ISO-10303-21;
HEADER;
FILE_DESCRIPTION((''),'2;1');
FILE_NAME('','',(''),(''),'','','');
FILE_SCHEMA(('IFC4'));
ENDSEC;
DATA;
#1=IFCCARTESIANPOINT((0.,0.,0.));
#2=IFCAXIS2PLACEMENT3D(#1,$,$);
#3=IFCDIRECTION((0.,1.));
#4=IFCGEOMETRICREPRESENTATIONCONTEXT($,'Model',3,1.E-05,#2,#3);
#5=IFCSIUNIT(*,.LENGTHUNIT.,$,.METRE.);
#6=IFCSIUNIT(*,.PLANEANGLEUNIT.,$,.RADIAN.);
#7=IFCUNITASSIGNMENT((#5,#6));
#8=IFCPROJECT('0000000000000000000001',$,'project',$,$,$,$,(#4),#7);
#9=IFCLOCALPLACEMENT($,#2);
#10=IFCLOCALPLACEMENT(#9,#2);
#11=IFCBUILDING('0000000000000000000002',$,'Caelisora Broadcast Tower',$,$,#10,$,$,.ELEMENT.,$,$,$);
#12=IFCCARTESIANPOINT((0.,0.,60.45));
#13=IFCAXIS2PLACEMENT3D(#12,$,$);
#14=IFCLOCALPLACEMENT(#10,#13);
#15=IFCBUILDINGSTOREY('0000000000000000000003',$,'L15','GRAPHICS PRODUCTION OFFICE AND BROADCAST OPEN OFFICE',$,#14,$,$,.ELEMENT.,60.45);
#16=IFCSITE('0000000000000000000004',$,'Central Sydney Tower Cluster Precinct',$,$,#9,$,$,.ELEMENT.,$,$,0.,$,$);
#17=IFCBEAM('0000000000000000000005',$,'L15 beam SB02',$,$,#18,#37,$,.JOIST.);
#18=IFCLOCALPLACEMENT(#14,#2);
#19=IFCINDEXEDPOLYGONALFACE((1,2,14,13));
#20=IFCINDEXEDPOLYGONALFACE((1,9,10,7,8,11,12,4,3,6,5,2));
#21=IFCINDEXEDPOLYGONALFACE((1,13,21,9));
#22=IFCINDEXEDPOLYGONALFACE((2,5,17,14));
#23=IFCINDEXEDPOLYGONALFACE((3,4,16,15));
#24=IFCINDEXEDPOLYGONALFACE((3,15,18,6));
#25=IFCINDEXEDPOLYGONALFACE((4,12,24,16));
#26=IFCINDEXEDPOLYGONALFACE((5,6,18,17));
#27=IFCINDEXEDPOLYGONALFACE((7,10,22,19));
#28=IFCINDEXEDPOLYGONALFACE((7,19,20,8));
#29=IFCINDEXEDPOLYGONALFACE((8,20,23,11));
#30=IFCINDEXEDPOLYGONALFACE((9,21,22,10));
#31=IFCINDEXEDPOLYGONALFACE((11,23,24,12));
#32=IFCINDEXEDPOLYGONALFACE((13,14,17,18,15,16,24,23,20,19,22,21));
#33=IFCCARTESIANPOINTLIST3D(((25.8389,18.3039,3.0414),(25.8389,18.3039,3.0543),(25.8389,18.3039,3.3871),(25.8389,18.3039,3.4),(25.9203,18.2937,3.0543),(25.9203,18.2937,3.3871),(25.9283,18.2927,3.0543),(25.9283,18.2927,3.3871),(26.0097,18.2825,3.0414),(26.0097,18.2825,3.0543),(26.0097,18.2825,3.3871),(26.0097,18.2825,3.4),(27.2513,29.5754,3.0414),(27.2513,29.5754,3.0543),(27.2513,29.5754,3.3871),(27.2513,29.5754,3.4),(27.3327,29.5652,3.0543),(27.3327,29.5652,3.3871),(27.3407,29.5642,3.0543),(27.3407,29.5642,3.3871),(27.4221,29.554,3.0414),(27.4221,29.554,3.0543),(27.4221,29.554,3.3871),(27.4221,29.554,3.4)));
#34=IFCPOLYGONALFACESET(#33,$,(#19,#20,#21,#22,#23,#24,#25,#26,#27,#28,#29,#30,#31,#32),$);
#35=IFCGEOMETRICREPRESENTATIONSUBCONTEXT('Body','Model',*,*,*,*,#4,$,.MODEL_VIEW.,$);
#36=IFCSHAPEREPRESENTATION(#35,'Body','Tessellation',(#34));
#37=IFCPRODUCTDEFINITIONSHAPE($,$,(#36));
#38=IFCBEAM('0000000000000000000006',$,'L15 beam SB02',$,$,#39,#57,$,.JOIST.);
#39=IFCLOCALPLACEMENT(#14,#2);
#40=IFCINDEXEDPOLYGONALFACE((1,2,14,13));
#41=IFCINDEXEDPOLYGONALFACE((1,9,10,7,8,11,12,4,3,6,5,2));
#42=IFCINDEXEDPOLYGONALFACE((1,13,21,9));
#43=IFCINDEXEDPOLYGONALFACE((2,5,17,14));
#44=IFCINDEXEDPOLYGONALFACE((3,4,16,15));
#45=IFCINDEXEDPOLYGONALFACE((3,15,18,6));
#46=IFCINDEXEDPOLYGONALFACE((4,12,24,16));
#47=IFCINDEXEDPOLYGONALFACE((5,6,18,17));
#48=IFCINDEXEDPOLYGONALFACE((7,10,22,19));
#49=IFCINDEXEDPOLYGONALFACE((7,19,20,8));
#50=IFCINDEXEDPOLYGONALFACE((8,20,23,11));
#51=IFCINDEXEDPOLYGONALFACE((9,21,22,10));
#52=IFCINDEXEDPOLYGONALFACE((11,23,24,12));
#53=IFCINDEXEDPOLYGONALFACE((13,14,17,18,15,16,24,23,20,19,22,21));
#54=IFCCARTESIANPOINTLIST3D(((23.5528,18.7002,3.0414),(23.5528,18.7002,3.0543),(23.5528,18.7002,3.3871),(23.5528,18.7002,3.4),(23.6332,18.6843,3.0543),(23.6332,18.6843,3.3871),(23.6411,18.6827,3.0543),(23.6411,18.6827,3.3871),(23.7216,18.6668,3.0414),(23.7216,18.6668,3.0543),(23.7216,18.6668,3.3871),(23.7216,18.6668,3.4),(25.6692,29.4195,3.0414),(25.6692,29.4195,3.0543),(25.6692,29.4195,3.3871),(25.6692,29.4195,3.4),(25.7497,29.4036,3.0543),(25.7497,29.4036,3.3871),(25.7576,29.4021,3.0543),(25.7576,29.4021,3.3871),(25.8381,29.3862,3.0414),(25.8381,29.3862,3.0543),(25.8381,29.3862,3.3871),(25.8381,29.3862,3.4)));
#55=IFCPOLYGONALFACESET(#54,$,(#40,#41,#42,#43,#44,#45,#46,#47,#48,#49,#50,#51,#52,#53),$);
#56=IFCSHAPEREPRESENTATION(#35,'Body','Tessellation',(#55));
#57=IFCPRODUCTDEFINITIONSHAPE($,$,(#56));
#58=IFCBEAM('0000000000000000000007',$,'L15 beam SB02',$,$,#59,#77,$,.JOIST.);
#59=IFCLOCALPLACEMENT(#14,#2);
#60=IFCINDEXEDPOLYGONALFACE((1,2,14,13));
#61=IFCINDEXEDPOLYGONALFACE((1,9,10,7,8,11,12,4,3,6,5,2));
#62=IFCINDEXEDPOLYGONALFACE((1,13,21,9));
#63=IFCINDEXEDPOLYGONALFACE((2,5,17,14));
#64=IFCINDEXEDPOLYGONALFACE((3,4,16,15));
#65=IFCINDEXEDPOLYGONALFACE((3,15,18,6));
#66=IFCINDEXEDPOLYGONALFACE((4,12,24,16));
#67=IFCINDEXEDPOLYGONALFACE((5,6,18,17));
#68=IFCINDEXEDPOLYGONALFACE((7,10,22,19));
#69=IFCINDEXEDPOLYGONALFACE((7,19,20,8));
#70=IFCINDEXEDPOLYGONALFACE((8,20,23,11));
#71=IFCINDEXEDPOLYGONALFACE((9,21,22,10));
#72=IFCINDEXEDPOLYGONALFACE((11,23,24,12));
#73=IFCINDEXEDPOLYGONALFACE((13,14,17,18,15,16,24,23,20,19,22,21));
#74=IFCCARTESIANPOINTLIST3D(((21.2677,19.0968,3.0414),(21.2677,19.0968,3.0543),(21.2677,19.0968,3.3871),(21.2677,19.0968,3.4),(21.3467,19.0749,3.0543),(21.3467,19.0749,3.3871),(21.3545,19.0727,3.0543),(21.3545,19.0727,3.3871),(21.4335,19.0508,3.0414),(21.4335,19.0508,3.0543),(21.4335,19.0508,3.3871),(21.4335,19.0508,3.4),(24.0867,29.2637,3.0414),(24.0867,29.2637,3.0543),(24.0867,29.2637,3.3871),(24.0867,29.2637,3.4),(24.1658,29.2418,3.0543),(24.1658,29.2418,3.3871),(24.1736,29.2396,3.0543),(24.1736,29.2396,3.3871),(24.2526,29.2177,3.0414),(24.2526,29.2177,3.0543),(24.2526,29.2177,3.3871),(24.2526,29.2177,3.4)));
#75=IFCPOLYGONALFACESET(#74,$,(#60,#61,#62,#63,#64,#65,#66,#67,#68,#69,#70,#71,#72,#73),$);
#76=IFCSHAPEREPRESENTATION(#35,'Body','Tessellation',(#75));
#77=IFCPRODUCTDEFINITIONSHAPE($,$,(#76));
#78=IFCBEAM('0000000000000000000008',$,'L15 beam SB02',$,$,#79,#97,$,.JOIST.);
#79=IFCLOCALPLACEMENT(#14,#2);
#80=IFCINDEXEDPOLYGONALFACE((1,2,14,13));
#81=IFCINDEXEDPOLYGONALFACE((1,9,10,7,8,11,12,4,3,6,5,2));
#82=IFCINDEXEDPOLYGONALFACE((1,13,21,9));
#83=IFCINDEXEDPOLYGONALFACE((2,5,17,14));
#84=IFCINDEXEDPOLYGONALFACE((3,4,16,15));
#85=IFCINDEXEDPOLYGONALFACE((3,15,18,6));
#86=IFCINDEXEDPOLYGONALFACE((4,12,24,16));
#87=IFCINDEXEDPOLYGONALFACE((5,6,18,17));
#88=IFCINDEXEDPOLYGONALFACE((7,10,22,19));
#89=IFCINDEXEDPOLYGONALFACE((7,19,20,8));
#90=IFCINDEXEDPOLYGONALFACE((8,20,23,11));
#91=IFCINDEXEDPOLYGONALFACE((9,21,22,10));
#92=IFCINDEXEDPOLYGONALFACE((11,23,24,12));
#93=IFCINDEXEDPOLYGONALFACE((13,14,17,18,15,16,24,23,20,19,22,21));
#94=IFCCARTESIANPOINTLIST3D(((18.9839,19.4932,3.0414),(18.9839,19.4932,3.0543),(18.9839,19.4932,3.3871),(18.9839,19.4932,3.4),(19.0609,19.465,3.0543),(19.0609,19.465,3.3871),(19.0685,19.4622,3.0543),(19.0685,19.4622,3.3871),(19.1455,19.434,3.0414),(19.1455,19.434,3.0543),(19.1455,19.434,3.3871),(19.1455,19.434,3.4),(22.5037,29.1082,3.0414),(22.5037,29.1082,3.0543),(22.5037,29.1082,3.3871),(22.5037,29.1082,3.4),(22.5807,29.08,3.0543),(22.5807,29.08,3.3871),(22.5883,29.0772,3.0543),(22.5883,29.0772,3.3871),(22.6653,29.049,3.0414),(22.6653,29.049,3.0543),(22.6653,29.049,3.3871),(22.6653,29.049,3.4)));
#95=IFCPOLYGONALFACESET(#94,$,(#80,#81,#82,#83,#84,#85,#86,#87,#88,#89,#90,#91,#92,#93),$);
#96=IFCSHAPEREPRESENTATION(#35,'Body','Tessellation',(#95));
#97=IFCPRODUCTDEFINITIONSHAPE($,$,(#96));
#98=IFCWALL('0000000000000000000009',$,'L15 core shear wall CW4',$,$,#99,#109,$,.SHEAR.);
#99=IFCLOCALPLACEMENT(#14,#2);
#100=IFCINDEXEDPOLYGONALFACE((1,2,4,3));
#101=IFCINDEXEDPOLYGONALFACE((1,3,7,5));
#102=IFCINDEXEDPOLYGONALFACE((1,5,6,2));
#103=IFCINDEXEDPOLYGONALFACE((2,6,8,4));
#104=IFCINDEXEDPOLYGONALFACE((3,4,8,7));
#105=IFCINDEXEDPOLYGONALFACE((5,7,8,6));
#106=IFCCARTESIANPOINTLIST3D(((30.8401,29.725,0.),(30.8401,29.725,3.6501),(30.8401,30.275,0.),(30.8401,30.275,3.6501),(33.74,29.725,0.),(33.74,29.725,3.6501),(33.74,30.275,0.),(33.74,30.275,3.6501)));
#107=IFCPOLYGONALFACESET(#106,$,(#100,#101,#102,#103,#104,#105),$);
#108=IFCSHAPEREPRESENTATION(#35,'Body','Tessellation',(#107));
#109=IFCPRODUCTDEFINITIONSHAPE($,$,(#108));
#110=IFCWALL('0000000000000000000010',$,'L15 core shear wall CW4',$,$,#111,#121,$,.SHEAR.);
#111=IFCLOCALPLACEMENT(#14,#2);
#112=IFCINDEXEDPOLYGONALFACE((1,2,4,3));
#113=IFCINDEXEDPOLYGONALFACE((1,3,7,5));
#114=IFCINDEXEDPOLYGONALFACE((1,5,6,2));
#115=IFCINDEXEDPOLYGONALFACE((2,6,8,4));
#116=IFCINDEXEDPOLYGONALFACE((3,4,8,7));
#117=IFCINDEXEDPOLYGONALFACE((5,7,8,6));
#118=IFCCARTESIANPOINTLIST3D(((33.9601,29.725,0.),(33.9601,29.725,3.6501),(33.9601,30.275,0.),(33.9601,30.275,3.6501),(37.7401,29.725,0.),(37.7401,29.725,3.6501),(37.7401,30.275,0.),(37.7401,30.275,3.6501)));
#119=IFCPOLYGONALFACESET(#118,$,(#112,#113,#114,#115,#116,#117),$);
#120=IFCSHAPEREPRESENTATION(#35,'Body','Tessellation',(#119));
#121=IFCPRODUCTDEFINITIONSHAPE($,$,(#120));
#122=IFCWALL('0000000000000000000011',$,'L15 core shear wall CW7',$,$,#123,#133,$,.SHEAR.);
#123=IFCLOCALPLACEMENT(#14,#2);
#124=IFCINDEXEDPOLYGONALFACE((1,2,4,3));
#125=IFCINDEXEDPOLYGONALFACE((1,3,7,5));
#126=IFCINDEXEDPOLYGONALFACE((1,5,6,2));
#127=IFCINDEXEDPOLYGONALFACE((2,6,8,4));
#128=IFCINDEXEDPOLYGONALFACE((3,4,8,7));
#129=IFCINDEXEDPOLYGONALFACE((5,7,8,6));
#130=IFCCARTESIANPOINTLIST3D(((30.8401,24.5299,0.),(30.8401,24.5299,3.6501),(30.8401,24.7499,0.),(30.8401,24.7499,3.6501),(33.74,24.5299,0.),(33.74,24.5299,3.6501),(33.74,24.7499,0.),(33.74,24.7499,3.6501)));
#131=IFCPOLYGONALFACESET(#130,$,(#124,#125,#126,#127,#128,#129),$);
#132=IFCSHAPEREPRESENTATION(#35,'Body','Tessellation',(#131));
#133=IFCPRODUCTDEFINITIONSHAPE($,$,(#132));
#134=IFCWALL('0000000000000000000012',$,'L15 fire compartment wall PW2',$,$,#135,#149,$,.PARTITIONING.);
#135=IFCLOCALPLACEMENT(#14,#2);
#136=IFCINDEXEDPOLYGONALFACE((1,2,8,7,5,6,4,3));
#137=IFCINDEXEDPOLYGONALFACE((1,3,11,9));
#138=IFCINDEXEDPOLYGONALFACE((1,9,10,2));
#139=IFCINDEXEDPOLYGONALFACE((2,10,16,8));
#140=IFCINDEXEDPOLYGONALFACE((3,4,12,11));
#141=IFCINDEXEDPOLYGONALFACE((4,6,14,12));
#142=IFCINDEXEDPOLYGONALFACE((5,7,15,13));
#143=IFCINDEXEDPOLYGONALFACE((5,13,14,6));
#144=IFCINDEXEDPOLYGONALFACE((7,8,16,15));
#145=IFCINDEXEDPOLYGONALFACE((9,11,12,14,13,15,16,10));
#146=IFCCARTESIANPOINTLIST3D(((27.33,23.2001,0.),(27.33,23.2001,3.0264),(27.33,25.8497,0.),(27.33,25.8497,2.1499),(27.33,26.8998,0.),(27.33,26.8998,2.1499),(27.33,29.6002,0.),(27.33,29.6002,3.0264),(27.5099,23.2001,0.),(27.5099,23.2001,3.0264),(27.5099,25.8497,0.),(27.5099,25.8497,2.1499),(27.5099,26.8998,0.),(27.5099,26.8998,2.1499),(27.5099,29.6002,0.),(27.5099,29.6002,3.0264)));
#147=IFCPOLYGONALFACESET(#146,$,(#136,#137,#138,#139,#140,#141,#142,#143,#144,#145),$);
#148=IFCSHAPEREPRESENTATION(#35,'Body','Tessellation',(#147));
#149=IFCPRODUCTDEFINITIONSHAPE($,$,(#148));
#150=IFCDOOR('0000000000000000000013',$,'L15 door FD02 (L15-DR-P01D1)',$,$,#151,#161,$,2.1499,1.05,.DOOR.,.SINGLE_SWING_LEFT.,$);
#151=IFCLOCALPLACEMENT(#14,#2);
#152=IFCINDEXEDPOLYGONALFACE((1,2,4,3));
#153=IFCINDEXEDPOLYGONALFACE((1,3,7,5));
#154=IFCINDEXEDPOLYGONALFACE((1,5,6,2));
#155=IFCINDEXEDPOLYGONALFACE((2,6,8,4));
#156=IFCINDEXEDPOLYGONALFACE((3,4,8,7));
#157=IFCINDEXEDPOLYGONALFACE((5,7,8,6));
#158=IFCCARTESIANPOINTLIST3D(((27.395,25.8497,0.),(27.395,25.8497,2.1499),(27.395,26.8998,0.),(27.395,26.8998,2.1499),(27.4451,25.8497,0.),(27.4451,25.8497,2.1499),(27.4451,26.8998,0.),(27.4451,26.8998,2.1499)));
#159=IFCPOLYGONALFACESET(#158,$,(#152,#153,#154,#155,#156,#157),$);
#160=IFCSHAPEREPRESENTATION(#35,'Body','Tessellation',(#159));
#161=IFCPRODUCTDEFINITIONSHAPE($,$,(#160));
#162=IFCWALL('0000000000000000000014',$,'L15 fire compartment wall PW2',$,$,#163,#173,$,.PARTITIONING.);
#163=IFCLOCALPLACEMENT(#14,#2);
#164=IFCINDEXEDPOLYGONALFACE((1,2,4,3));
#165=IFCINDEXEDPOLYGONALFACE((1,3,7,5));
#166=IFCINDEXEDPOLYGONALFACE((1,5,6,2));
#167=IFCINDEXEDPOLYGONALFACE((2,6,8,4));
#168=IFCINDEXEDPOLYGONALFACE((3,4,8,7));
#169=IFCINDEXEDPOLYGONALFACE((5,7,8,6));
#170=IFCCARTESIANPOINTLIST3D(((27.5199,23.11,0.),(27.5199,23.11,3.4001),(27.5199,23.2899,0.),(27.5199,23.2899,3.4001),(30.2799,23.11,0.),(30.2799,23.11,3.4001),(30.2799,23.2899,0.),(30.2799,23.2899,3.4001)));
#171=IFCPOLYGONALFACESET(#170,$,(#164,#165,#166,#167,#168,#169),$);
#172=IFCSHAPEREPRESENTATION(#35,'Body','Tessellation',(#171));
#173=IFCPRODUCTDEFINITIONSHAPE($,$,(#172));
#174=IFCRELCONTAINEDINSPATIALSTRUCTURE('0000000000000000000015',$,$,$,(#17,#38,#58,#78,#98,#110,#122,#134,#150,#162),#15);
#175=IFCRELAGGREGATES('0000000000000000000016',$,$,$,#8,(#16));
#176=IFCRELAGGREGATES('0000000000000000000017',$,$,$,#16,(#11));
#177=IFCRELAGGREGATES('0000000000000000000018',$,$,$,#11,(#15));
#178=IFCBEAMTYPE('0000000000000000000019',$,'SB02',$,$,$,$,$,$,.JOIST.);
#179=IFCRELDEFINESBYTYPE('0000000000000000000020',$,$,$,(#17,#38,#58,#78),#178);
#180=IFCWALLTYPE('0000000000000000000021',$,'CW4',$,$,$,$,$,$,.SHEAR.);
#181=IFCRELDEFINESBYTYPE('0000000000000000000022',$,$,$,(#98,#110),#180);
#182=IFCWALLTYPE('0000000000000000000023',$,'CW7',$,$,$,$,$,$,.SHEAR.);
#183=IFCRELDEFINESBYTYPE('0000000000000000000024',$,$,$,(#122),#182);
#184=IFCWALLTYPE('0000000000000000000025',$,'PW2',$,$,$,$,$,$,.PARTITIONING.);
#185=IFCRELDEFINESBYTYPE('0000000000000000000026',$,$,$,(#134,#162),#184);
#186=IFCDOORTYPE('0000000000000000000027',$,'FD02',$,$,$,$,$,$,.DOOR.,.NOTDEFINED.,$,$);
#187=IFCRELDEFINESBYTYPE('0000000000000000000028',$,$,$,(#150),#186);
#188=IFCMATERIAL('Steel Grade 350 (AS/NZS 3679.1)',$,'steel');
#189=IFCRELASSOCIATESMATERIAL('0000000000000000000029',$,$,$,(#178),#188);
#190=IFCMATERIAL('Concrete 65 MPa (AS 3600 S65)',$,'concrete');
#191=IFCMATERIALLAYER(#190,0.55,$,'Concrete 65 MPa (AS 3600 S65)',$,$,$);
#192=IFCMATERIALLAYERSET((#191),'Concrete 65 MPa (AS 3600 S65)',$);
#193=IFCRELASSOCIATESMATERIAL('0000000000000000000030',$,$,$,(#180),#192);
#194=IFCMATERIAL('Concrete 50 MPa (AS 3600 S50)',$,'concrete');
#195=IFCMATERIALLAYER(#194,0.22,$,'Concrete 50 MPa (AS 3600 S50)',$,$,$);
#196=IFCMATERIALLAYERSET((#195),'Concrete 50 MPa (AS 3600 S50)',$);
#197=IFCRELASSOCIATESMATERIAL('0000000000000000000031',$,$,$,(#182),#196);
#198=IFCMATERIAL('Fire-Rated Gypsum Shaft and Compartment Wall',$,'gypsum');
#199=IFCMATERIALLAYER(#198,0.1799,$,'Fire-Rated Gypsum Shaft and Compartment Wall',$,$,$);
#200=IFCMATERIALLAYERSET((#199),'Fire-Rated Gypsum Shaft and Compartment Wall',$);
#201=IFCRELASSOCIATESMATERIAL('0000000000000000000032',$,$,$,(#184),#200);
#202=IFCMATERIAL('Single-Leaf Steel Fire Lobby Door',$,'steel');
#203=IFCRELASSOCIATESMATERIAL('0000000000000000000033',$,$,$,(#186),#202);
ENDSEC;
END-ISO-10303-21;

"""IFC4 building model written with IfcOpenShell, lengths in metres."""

from ifc_helpers import new_model, si_unit, direction, frame, frame_2d, origin, origin_2d, place, context, subcontext, project, spatial, rectangle, i_section, extrude, source, transform, mapped, material, layer, layer_set, material_profile, profile_set, type_object, element, fill, save


model = new_model("IFC4")

# Units and contexts
model_context = context("Model", 3, precision=1e-05, world=origin(), true_north=direction((0.0, 1.0)))
body_context = subcontext(model_context, "Body", "Model", "MODEL_VIEW")
ifc_project = project(units=[si_unit("LENGTHUNIT", "METRE"), si_unit("PLANEANGLEUNIT", "RADIAN")], contexts=[model_context])

# Site, building, storey
site_placement = place(None, origin())
site = spatial("IfcSite", under=ifc_project, at=site_placement, Name="Central Sydney Tower Cluster Precinct", CompositionType="ELEMENT", RefElevation=0.0)
building_placement = place(site_placement, origin())
building = spatial("IfcBuilding", under=site, at=building_placement, Name="Caelisora Broadcast Tower", CompositionType="ELEMENT")
storey_placement = place(building_placement, frame((0.0, 0.0, 60.45)))
storey = spatial("IfcBuildingStorey", under=building, at=storey_placement, Name="L15", Description="GRAPHICS PRODUCTION OFFICE AND BROADCAST OPEN OFFICE", CompositionType="ELEMENT", Elevation=60.45)

# Shared definitions
ifc_material_1 = material(Name="Steel Grade 350 (AS/NZS 3679.1)", Category="steel")

# Beams
ifc_material_profile_1 = material_profile(ifc_material_1, i_section(OverallWidth=0.1721, OverallDepth=0.3586, WebThickness=0.0081, FlangeThickness=0.0129, at=origin_2d()), Name="Steel Grade 350 (AS/NZS 3679.1)")
ifc_profile_set_1 = profile_set([ifc_material_profile_1], Name="Steel Grade 350 (AS/NZS 3679.1)")
beam_type_1 = type_object("IfcBeamType", Name="SB02", PredefinedType="JOIST", material=ifc_profile_set_1)
shared_shape_1 = source(origin(), body_context, "Body", "SweptSolid", [
    extrude(i_section(OverallWidth=0.1721, OverallDepth=0.3586, WebThickness=0.0081, FlangeThickness=0.0129, at=origin_2d()), origin(), (0.0, 0.0, 1.0), 11.3596),
])
beam_1_placement = place(storey_placement, frame((27.3367, 29.5647, 3.2207), z_axis=(-0.124331, -0.992241, 0.0), x_axis=(0.992241, -0.124331, 0.0)))
element("IfcBeam", 1, at=beam_1_placement, inside=storey, type_object=beam_type_1, Name="L15 beam SB02", PredefinedType="JOIST", context=body_context, shape_type="MappedRepresentation", body=[
    mapped(shared_shape_1, transform((0.0, 0.0, 0.0), scale=1.0)),
])
shared_shape_2 = source(origin(), body_context, "Body", "SweptSolid", [
    extrude(i_section(OverallWidth=0.1721, OverallDepth=0.3586, WebThickness=0.0081, FlangeThickness=0.0129, at=origin_2d()), origin(), (0.0, 0.0, 1.0), 10.9263),
])
beam_2_placement = place(storey_placement, frame((25.7537, 29.4028, 3.2207), z_axis=(-0.193705, -0.98106, 0.0), x_axis=(0.98106, -0.193705, 0.0)))
element("IfcBeam", 2, at=beam_2_placement, inside=storey, type_object=beam_type_1, Name="L15 beam SB02", PredefinedType="JOIST", context=body_context, shape_type="MappedRepresentation", body=[
    mapped(shared_shape_2, transform((0.0, 0.0, 0.0), scale=1.0)),
])
shared_shape_3 = source(origin(), body_context, "Body", "SweptSolid", [
    extrude(i_section(OverallWidth=0.1721, OverallDepth=0.3586, WebThickness=0.0081, FlangeThickness=0.0129, at=origin_2d()), origin(), (0.0, 0.0, 1.0), 10.5505),
])
beam_3_placement = place(storey_placement, frame((24.1697, 29.2407, 3.2207), z_axis=(-0.267197, -0.963642, 0.0), x_axis=(0.963642, -0.267197, 0.0)))
element("IfcBeam", 3, at=beam_3_placement, inside=storey, type_object=beam_type_1, Name="L15 beam SB02", PredefinedType="JOIST", context=body_context, shape_type="MappedRepresentation", body=[
    mapped(shared_shape_3, transform((0.0, 0.0, 0.0), scale=1.0)),
])
shared_shape_4 = source(origin(), body_context, "Body", "SweptSolid", [
    extrude(i_section(OverallWidth=0.1721, OverallDepth=0.3586, WebThickness=0.0081, FlangeThickness=0.0129, at=origin_2d()), origin(), (0.0, 0.0, 1.0), 10.239),
])
beam_4_placement = place(storey_placement, frame((22.5845, 29.0786, 3.2207), z_axis=(-0.343762, -0.939057, 0.0), x_axis=(0.939057, -0.343762, 0.0)))
element("IfcBeam", 4, at=beam_4_placement, inside=storey, type_object=beam_type_1, Name="L15 beam SB02", PredefinedType="JOIST", context=body_context, shape_type="MappedRepresentation", body=[
    mapped(shared_shape_4, transform((0.0, 0.0, 0.0), scale=1.0)),
])

# Walls
ifc_material_2 = material(Name="Concrete 65 MPa (AS 3600 S65)", Category="concrete")
ifc_layer_1 = layer(ifc_material_2, 0.55, Name="Concrete 65 MPa (AS 3600 S65)")
ifc_layer_set_1 = layer_set([ifc_layer_1], Name="Concrete 65 MPa (AS 3600 S65)")
wall_type_1 = type_object("IfcWallType", Name="CW4", PredefinedType="SHEAR", material=ifc_layer_set_1)
wall_1_placement = place(storey_placement, frame((30.8401, 30.0, 0.0), z_axis=(0.0, 0.0, 1.0), x_axis=(1.0, 0.0, 0.0)))
element("IfcWall", 5, at=wall_1_placement, inside=storey, type_object=wall_type_1, Name="L15 core shear wall CW4", PredefinedType="SHEAR", context=body_context, shape_type="SweptSolid", body=[
    extrude(rectangle(XDim=2.8999, YDim=0.55, at=frame_2d((1.45, 0.0))), origin(), (0.0, 0.0, 1.0), 3.6501),
])
wall_2_placement = place(storey_placement, frame((33.96, 30.0, 0.0), z_axis=(0.0, 0.0, 1.0), x_axis=(1.0, 0.0, 0.0)))
element("IfcWall", 6, at=wall_2_placement, inside=storey, type_object=wall_type_1, Name="L15 core shear wall CW4", PredefinedType="SHEAR", context=body_context, shape_type="SweptSolid", body=[
    extrude(rectangle(XDim=3.78, YDim=0.55, at=frame_2d((1.8901, 0.0))), origin(), (0.0, 0.0, 1.0), 3.6501),
])
ifc_material_3 = material(Name="Concrete 50 MPa (AS 3600 S50)", Category="concrete")
ifc_layer_2 = layer(ifc_material_3, 0.22, Name="Concrete 50 MPa (AS 3600 S50)")
ifc_layer_set_2 = layer_set([ifc_layer_2], Name="Concrete 50 MPa (AS 3600 S50)")
wall_type_2 = type_object("IfcWallType", Name="CW7", PredefinedType="SHEAR", material=ifc_layer_set_2)
wall_3_placement = place(storey_placement, frame((30.8401, 24.6399, 0.0), z_axis=(0.0, 0.0, 1.0), x_axis=(1.0, 0.0, 0.0)))
element("IfcWall", 7, at=wall_3_placement, inside=storey, type_object=wall_type_2, Name="L15 core shear wall CW7", PredefinedType="SHEAR", context=body_context, shape_type="SweptSolid", body=[
    extrude(rectangle(XDim=2.8999, YDim=0.22, at=frame_2d((1.45, 0.0))), origin(), (0.0, 0.0, 1.0), 3.6501),
])

# Wall, opening, door
ifc_material_4 = material(Name="Fire-Rated Gypsum Shaft and Compartment Wall", Category="gypsum")
ifc_layer_3 = layer(ifc_material_4, 0.1799, Name="Fire-Rated Gypsum Shaft and Compartment Wall")
ifc_layer_set_3 = layer_set([ifc_layer_3], Name="Fire-Rated Gypsum Shaft and Compartment Wall")
wall_type_3 = type_object("IfcWallType", Name="PW2", PredefinedType="PARTITIONING", material=ifc_layer_set_3)
wall_4_placement = place(storey_placement, frame((27.4199, 23.2, 0.0), z_axis=(0.0, 0.0, 1.0), x_axis=(0.0, 1.0, 0.0)))
wall_4 = element("IfcWall", 8, at=wall_4_placement, inside=storey, type_object=wall_type_3, Name="L15 fire compartment wall PW2", PredefinedType="PARTITIONING", context=body_context, shape_type="SweptSolid", body=[
    extrude(rectangle(XDim=6.4001, YDim=0.1799, at=frame_2d((3.2002, 0.0))), origin(), (0.0, 0.0, 1.0), 3.0264),
])
opening_1_placement = place(wall_4_placement, frame((2.6499, 0.0, 0.0)))
opening_1 = element("IfcOpeningElement", 9, at=opening_1_placement, cuts=wall_4, PredefinedType="OPENING", context=body_context, shape_type="SweptSolid", body=[
    extrude(rectangle(XDim=1.05, YDim=2.1499, at=frame_2d((0.5249, 1.075))), frame((0.0, 0.1021, 0.0), z_axis=(0.0, -1.0, 0.0), x_axis=(1.0, 0.0, 0.0)), (0.0, 0.0, 1.0), 0.2039),
])
ifc_material_5 = material(Name="Single-Leaf Steel Fire Lobby Door", Category="steel")
door_type_1 = type_object("IfcDoorType", Name="FD02", OperationType="NOTDEFINED", PredefinedType="DOOR", material=ifc_material_5)
door_1_placement = place(opening_1_placement, origin())
door_1 = element("IfcDoor", 10, at=door_1_placement, inside=storey, type_object=door_type_1, Name="L15 door FD02 (L15-DR-P01D1)", OperationType="SINGLE_SWING_LEFT", OverallHeight=2.1499, OverallWidth=1.05, PredefinedType="DOOR", context=body_context, shape_type="SweptSolid", body=[
    extrude(rectangle(XDim=1.05, YDim=2.1499, at=frame_2d((0.5249, 1.075))), frame((0.0, 0.0249, 0.0), z_axis=(0.0, -1.0, 0.0), x_axis=(1.0, 0.0, 0.0)), (0.0, 0.0, 1.0), 0.05),
])
fill(opening_1, door_1)

# Wall
wall_5_placement = place(storey_placement, frame((27.52, 23.2, 0.0), z_axis=(0.0, 0.0, 1.0), x_axis=(1.0, 0.0, 0.0)))
element("IfcWall", 11, at=wall_5_placement, inside=storey, type_object=wall_type_3, Name="L15 fire compartment wall PW2", PredefinedType="PARTITIONING", context=body_context, shape_type="SweptSolid", body=[
    extrude(rectangle(XDim=2.76, YDim=0.1799, at=frame_2d((1.3799, 0.0))), origin(), (0.0, 0.0, 1.0), 3.4001),
])

save(model, "model.ifc")
